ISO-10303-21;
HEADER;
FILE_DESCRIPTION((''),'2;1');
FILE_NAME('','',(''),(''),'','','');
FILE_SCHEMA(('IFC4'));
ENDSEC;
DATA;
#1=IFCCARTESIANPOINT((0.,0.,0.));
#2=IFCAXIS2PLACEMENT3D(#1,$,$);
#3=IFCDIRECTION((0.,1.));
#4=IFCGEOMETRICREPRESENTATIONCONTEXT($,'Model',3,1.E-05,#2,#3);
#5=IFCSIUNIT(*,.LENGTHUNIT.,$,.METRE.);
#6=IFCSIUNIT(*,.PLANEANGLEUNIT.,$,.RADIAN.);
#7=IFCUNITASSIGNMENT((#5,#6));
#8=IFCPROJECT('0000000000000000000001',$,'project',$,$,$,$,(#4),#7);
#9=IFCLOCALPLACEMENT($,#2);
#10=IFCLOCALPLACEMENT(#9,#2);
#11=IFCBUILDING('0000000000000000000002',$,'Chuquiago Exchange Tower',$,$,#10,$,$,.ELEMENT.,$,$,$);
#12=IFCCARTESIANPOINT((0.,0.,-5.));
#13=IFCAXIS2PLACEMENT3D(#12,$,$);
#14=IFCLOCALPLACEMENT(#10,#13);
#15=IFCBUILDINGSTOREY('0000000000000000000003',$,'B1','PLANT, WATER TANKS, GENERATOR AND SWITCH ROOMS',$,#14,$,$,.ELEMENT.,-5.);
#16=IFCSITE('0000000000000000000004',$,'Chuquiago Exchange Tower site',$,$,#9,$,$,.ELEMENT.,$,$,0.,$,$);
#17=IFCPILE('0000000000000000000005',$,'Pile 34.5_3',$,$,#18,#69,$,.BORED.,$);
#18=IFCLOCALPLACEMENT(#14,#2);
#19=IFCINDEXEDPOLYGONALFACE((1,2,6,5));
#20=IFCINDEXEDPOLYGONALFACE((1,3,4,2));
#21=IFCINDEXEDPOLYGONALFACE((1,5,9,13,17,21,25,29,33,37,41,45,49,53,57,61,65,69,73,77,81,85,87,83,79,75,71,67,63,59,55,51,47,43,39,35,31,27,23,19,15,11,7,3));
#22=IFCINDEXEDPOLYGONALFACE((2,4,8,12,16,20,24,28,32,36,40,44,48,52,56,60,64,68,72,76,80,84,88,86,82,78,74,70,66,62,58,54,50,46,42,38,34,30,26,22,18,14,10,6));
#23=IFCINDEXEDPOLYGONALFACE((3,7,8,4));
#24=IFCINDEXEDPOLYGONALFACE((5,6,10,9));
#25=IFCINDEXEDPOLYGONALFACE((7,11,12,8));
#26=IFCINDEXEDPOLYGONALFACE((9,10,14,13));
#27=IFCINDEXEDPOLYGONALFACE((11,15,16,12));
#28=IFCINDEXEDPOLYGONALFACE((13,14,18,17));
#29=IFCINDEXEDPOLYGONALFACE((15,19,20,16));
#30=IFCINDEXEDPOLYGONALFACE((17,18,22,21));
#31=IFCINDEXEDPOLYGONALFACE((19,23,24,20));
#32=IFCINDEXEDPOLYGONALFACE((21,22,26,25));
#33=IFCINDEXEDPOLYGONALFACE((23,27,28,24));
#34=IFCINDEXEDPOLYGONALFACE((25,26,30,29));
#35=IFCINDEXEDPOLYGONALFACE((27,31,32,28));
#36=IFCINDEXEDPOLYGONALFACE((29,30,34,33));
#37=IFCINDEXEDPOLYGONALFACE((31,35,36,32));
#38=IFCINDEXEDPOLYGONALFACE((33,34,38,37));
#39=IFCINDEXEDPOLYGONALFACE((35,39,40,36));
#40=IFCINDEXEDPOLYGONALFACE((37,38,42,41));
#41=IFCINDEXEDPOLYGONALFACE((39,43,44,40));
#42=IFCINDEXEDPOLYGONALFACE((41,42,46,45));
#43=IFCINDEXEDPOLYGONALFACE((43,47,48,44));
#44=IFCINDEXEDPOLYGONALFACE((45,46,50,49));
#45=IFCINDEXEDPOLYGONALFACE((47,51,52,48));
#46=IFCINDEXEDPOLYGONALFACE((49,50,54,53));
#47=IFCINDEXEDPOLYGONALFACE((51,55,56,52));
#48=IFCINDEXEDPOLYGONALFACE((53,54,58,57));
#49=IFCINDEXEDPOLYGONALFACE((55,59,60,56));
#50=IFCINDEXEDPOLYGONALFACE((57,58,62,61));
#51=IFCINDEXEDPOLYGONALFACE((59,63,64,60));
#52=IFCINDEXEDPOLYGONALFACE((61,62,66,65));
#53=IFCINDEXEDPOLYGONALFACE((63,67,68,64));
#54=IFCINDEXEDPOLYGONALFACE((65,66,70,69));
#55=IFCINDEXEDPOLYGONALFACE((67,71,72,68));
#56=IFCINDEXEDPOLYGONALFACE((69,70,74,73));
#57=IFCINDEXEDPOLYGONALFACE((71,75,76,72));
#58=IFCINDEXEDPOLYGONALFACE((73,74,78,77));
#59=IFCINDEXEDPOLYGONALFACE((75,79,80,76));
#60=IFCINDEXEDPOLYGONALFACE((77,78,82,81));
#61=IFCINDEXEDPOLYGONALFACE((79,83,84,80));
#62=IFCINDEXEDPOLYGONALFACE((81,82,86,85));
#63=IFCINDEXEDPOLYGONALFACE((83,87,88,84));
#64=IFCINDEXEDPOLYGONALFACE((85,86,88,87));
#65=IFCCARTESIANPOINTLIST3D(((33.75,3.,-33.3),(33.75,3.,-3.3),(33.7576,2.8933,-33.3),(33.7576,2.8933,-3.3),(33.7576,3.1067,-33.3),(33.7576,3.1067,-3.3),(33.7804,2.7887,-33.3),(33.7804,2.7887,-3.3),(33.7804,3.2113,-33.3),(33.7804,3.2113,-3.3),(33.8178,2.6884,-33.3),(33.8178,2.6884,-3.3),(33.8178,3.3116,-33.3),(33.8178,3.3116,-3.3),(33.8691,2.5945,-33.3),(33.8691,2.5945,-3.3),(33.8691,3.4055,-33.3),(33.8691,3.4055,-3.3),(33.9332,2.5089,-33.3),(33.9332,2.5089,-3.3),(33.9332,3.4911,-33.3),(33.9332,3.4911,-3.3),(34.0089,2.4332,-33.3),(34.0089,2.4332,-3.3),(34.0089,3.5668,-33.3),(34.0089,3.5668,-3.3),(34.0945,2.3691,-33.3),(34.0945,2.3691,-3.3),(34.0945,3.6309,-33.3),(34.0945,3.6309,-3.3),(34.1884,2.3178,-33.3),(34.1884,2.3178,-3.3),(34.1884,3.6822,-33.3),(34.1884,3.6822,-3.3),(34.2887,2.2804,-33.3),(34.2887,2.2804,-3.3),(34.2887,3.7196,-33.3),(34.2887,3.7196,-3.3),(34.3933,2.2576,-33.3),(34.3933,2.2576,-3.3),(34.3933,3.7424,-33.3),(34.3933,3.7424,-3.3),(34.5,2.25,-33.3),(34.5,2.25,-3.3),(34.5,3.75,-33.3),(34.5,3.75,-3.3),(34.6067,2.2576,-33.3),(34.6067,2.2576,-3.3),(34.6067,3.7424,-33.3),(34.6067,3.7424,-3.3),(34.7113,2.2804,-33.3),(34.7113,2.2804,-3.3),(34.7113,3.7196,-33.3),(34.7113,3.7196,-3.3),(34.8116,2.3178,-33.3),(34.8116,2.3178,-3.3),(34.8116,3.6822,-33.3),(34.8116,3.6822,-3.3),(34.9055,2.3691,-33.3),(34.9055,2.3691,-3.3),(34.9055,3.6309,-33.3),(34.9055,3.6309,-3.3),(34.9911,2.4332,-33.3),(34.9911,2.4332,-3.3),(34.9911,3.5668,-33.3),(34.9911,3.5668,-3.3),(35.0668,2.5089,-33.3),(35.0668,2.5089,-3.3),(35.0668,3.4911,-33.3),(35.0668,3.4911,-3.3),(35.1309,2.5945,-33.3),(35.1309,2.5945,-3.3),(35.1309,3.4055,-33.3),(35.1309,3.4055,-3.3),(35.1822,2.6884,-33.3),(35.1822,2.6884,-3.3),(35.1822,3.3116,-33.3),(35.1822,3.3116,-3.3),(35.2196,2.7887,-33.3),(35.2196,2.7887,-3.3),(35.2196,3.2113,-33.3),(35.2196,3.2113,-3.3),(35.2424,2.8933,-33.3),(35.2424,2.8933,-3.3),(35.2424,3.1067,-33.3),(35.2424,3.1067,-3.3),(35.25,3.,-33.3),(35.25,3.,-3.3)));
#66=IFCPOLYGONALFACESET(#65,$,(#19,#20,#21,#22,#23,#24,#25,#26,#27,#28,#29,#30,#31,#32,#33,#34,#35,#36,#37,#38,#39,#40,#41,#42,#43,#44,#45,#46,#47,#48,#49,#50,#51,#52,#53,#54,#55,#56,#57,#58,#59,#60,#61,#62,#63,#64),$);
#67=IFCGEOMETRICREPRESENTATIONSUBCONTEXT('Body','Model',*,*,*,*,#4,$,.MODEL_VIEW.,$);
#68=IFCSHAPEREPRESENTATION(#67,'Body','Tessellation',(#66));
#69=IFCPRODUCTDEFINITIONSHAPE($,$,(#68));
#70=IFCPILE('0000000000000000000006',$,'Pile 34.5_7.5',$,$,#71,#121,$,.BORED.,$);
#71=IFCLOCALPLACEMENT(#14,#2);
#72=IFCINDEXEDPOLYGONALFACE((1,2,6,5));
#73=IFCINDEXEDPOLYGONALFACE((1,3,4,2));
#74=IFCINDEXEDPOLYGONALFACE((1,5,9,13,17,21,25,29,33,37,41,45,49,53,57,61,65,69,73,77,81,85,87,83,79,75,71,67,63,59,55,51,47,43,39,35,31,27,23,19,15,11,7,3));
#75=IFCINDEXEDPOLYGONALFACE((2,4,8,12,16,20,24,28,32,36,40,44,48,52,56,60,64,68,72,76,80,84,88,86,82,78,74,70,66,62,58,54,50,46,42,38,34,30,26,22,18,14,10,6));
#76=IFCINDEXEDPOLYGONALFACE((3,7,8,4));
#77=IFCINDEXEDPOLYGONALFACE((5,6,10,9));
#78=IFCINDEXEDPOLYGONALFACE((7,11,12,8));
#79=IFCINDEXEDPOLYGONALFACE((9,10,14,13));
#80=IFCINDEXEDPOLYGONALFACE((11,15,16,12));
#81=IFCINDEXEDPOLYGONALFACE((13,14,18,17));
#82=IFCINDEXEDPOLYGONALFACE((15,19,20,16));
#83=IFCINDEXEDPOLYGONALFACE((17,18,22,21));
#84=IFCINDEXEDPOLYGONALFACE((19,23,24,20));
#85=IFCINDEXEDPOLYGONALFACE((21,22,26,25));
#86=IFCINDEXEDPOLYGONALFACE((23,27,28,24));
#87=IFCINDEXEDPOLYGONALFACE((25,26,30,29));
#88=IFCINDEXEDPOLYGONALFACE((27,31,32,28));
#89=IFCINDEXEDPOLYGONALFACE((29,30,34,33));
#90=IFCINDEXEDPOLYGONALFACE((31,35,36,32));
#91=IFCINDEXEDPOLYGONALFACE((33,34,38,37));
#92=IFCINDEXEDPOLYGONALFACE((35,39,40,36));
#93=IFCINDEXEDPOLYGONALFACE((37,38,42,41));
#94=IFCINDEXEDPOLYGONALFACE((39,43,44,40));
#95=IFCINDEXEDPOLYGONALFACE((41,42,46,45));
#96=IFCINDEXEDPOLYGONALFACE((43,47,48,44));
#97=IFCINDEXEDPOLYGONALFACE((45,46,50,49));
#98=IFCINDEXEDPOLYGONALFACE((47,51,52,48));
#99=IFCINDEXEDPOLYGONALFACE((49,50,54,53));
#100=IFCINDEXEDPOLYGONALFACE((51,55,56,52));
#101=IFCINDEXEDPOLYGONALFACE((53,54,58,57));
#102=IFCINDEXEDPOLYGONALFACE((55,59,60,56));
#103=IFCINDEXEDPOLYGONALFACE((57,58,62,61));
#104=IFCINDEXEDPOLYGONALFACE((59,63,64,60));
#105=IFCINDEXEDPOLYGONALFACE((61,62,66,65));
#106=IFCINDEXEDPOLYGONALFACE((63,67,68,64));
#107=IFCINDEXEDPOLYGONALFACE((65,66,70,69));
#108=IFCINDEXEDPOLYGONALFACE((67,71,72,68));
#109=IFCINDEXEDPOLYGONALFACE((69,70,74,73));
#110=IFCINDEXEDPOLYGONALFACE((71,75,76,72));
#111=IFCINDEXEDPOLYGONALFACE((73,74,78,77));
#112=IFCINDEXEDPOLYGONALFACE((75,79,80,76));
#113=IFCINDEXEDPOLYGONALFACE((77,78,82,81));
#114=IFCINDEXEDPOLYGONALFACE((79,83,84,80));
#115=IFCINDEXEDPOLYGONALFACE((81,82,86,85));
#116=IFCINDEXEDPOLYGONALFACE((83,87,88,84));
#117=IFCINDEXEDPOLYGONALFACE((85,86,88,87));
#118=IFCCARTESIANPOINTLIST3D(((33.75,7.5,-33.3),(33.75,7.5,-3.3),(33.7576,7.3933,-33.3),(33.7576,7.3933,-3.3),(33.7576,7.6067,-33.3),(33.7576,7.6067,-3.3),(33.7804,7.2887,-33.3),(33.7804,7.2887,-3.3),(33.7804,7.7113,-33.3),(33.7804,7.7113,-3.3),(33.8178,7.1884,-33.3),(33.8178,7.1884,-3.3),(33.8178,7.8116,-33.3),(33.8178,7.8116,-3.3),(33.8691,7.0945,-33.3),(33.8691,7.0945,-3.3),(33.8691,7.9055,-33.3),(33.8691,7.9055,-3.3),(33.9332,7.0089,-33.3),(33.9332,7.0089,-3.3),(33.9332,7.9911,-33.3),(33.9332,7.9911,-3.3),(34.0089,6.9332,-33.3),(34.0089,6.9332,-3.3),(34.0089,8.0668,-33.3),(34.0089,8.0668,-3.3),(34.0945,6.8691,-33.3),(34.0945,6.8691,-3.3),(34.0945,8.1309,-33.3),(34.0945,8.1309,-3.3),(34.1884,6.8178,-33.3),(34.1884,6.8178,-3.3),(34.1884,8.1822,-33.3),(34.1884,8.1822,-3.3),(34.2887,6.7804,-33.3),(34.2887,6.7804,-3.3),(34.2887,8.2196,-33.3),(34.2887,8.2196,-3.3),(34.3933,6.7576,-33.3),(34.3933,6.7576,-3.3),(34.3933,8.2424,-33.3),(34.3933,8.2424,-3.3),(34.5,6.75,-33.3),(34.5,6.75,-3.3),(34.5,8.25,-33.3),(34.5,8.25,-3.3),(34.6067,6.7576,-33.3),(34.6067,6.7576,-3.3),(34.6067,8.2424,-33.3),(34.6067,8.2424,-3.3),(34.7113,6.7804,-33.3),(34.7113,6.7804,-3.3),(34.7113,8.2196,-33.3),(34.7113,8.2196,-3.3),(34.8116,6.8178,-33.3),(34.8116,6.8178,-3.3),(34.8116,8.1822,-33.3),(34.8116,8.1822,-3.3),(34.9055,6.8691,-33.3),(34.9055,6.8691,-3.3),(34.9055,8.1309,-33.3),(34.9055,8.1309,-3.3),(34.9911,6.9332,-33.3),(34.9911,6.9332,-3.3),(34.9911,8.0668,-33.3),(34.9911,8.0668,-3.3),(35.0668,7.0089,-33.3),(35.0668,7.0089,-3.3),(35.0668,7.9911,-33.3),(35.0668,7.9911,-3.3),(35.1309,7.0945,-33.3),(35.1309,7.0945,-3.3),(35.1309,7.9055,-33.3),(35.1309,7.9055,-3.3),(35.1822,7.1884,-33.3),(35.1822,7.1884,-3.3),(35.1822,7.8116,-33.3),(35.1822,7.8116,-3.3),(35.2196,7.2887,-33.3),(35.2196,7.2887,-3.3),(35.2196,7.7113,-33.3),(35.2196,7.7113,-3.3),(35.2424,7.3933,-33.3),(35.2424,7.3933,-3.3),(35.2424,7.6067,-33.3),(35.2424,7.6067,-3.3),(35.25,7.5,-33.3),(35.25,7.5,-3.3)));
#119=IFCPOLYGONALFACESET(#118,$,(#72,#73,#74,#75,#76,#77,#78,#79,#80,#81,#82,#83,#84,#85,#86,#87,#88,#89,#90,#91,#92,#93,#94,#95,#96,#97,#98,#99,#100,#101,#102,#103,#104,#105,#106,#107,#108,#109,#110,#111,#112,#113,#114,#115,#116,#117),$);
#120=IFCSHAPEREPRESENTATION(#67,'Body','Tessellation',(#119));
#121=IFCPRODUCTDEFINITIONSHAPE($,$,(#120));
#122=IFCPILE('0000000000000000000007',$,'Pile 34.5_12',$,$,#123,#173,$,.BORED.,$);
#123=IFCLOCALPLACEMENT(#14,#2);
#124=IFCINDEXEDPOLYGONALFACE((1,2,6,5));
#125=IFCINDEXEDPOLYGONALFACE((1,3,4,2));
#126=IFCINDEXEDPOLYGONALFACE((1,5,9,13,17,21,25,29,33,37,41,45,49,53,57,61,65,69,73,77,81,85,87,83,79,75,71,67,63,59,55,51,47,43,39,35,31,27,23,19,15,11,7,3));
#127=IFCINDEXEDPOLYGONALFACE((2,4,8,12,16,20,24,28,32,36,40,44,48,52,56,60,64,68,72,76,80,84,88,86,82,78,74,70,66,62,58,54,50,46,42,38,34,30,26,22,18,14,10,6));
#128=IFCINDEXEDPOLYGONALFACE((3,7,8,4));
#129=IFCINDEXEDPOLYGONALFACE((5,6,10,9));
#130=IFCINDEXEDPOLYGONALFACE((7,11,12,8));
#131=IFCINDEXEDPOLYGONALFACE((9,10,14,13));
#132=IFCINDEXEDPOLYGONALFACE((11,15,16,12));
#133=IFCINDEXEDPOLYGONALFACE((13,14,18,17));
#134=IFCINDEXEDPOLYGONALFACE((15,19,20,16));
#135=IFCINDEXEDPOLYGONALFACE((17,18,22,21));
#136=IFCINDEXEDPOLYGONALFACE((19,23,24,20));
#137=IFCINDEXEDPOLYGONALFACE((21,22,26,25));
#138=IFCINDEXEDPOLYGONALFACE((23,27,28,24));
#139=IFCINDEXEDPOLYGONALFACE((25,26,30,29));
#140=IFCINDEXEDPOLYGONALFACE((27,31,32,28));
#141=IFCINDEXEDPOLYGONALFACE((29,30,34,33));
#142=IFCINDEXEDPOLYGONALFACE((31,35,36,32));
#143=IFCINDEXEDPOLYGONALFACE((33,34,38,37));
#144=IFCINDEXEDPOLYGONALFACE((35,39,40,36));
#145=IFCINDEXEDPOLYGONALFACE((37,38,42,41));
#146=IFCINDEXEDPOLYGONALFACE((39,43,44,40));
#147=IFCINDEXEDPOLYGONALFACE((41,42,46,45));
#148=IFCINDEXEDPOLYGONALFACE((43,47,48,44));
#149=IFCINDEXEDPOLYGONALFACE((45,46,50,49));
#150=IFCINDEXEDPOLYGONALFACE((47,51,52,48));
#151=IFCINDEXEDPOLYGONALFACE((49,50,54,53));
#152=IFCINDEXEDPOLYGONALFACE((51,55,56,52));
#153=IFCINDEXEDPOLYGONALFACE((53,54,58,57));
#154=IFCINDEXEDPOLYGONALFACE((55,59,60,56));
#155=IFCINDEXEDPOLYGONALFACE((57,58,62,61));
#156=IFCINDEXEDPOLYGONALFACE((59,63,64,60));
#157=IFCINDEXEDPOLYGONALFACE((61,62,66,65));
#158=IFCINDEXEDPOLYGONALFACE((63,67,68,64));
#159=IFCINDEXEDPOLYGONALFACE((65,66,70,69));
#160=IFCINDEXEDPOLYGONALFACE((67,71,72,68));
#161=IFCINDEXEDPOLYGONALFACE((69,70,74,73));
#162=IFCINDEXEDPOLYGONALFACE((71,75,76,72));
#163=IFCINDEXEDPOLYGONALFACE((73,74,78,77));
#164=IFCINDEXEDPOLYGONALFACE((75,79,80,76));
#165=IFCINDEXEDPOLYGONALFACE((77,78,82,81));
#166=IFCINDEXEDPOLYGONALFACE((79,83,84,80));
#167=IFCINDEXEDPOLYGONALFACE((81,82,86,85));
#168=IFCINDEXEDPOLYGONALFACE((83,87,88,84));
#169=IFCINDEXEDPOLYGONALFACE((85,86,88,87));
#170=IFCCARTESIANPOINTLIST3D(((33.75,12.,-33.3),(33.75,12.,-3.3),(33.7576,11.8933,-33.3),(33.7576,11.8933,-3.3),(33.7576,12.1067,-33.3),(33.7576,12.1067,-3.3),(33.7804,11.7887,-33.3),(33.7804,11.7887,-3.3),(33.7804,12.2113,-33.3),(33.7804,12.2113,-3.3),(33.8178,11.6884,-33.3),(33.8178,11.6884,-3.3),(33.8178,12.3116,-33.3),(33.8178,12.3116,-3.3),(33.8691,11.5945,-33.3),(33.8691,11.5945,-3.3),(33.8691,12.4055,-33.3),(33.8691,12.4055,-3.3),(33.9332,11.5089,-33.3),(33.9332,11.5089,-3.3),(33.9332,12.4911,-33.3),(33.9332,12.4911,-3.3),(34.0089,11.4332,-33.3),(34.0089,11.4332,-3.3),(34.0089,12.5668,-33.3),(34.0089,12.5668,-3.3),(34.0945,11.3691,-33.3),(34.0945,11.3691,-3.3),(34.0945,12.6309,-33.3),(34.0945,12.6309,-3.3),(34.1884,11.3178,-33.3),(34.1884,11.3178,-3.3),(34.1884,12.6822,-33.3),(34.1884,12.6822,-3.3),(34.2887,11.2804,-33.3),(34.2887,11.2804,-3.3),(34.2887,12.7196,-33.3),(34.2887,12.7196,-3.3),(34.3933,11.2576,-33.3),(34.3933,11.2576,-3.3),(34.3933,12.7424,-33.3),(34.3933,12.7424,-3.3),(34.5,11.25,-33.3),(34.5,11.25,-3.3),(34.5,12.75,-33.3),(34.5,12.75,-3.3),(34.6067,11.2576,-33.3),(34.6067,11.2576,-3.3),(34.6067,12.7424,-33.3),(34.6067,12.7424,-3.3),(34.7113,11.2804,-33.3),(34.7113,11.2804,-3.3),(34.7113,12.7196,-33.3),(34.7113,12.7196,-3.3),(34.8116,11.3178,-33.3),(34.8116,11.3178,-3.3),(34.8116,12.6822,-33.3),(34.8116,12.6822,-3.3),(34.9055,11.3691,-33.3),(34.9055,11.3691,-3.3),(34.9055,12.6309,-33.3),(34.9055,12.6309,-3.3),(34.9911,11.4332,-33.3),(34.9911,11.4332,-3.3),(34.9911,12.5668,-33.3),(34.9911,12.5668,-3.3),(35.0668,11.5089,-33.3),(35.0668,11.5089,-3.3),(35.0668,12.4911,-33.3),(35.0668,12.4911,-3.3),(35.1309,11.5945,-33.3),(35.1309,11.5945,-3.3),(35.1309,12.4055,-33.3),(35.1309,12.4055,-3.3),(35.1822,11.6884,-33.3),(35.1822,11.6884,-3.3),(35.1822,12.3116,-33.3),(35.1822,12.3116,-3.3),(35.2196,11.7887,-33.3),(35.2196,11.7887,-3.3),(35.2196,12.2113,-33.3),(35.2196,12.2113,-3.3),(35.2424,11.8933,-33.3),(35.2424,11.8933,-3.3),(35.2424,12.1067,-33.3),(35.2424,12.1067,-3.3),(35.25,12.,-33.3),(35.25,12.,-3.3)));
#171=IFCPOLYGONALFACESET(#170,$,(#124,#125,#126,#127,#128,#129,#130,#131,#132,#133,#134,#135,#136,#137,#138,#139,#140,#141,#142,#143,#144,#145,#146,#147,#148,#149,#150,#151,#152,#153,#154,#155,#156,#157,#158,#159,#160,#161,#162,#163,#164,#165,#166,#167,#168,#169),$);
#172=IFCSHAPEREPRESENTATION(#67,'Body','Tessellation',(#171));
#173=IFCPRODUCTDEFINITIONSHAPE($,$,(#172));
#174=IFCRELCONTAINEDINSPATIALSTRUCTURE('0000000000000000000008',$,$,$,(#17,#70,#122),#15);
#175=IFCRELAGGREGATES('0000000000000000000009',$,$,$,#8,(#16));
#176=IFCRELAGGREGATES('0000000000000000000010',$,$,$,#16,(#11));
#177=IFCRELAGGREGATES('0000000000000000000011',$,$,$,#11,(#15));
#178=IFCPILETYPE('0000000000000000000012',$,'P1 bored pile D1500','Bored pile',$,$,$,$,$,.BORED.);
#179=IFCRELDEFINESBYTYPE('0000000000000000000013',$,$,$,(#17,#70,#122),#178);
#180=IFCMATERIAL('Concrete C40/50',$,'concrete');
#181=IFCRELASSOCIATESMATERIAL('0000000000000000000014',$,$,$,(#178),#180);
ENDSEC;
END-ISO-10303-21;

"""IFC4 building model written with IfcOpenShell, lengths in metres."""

from ifc_helpers import new_model, si_unit, direction, frame, origin, origin_2d, place, context, subcontext, project, spatial, circle, extrude, material, material_profile, profile_set, type_object, element, save


model = new_model("IFC4")

# Units and contexts
model_context = context("Model", 3, precision=1e-05, world=origin(), true_north=direction((0.0, 1.0)))
body_context = subcontext(model_context, "Body", "Model", "MODEL_VIEW")
ifc_project = project(units=[si_unit("LENGTHUNIT", "METRE"), si_unit("PLANEANGLEUNIT", "RADIAN")], contexts=[model_context])

# Site, building, storey
site_placement = place(None, origin())
site = spatial("IfcSite", under=ifc_project, at=site_placement, Name="Chuquiago Exchange Tower site", CompositionType="ELEMENT", RefElevation=0.0)
building_placement = place(site_placement, origin())
building = spatial("IfcBuilding", under=site, at=building_placement, Name="Chuquiago Exchange Tower", CompositionType="ELEMENT")
storey_placement = place(building_placement, frame((0.0, 0.0, -5.0)))
storey = spatial("IfcBuildingStorey", under=building, at=storey_placement, Name="B1", Description="PLANT, WATER TANKS, GENERATOR AND SWITCH ROOMS", CompositionType="ELEMENT", Elevation=-5.0)

# Piles
ifc_material_1 = material(Name="Concrete C40/50", Category="concrete")
ifc_material_profile_1 = material_profile(ifc_material_1, circle(Radius=0.75, at=origin_2d()), Name="D1500")
ifc_profile_set_1 = profile_set([ifc_material_profile_1], Name="Concrete C40/50")
pile_type = type_object("IfcPileType", Name="P1 bored pile D1500", Description="Bored pile", PredefinedType="BORED", material=ifc_profile_set_1)
for number, where, z_axis, x_axis, name in (
    (1, (34.5, 3.0, -3.3), (0.0, 0.0, -1.0), (1.0, 0.0, 0.0), "Pile 34.5_3"),
    (2, (34.5, 7.5, -3.3), (0.0, 0.0, -1.0), (1.0, 0.0, 0.0), "Pile 34.5_7.5"),
    (3, (34.5, 12.0, -3.3), (0.0, 0.0, -1.0), (1.0, 0.0, 0.0), "Pile 34.5_12"),
):
    element("IfcPile", number, at=place(storey_placement, frame(where, z_axis=z_axis, x_axis=x_axis)), inside=storey, type_object=pile_type, Name=name, PredefinedType="BORED", context=body_context, shape_type="SweptSolid", body=[
        extrude(circle(Radius=0.75, at=origin_2d()), origin(), (0.0, 0.0, 1.0), 30.0),
    ])

save(model, "model.ifc")
